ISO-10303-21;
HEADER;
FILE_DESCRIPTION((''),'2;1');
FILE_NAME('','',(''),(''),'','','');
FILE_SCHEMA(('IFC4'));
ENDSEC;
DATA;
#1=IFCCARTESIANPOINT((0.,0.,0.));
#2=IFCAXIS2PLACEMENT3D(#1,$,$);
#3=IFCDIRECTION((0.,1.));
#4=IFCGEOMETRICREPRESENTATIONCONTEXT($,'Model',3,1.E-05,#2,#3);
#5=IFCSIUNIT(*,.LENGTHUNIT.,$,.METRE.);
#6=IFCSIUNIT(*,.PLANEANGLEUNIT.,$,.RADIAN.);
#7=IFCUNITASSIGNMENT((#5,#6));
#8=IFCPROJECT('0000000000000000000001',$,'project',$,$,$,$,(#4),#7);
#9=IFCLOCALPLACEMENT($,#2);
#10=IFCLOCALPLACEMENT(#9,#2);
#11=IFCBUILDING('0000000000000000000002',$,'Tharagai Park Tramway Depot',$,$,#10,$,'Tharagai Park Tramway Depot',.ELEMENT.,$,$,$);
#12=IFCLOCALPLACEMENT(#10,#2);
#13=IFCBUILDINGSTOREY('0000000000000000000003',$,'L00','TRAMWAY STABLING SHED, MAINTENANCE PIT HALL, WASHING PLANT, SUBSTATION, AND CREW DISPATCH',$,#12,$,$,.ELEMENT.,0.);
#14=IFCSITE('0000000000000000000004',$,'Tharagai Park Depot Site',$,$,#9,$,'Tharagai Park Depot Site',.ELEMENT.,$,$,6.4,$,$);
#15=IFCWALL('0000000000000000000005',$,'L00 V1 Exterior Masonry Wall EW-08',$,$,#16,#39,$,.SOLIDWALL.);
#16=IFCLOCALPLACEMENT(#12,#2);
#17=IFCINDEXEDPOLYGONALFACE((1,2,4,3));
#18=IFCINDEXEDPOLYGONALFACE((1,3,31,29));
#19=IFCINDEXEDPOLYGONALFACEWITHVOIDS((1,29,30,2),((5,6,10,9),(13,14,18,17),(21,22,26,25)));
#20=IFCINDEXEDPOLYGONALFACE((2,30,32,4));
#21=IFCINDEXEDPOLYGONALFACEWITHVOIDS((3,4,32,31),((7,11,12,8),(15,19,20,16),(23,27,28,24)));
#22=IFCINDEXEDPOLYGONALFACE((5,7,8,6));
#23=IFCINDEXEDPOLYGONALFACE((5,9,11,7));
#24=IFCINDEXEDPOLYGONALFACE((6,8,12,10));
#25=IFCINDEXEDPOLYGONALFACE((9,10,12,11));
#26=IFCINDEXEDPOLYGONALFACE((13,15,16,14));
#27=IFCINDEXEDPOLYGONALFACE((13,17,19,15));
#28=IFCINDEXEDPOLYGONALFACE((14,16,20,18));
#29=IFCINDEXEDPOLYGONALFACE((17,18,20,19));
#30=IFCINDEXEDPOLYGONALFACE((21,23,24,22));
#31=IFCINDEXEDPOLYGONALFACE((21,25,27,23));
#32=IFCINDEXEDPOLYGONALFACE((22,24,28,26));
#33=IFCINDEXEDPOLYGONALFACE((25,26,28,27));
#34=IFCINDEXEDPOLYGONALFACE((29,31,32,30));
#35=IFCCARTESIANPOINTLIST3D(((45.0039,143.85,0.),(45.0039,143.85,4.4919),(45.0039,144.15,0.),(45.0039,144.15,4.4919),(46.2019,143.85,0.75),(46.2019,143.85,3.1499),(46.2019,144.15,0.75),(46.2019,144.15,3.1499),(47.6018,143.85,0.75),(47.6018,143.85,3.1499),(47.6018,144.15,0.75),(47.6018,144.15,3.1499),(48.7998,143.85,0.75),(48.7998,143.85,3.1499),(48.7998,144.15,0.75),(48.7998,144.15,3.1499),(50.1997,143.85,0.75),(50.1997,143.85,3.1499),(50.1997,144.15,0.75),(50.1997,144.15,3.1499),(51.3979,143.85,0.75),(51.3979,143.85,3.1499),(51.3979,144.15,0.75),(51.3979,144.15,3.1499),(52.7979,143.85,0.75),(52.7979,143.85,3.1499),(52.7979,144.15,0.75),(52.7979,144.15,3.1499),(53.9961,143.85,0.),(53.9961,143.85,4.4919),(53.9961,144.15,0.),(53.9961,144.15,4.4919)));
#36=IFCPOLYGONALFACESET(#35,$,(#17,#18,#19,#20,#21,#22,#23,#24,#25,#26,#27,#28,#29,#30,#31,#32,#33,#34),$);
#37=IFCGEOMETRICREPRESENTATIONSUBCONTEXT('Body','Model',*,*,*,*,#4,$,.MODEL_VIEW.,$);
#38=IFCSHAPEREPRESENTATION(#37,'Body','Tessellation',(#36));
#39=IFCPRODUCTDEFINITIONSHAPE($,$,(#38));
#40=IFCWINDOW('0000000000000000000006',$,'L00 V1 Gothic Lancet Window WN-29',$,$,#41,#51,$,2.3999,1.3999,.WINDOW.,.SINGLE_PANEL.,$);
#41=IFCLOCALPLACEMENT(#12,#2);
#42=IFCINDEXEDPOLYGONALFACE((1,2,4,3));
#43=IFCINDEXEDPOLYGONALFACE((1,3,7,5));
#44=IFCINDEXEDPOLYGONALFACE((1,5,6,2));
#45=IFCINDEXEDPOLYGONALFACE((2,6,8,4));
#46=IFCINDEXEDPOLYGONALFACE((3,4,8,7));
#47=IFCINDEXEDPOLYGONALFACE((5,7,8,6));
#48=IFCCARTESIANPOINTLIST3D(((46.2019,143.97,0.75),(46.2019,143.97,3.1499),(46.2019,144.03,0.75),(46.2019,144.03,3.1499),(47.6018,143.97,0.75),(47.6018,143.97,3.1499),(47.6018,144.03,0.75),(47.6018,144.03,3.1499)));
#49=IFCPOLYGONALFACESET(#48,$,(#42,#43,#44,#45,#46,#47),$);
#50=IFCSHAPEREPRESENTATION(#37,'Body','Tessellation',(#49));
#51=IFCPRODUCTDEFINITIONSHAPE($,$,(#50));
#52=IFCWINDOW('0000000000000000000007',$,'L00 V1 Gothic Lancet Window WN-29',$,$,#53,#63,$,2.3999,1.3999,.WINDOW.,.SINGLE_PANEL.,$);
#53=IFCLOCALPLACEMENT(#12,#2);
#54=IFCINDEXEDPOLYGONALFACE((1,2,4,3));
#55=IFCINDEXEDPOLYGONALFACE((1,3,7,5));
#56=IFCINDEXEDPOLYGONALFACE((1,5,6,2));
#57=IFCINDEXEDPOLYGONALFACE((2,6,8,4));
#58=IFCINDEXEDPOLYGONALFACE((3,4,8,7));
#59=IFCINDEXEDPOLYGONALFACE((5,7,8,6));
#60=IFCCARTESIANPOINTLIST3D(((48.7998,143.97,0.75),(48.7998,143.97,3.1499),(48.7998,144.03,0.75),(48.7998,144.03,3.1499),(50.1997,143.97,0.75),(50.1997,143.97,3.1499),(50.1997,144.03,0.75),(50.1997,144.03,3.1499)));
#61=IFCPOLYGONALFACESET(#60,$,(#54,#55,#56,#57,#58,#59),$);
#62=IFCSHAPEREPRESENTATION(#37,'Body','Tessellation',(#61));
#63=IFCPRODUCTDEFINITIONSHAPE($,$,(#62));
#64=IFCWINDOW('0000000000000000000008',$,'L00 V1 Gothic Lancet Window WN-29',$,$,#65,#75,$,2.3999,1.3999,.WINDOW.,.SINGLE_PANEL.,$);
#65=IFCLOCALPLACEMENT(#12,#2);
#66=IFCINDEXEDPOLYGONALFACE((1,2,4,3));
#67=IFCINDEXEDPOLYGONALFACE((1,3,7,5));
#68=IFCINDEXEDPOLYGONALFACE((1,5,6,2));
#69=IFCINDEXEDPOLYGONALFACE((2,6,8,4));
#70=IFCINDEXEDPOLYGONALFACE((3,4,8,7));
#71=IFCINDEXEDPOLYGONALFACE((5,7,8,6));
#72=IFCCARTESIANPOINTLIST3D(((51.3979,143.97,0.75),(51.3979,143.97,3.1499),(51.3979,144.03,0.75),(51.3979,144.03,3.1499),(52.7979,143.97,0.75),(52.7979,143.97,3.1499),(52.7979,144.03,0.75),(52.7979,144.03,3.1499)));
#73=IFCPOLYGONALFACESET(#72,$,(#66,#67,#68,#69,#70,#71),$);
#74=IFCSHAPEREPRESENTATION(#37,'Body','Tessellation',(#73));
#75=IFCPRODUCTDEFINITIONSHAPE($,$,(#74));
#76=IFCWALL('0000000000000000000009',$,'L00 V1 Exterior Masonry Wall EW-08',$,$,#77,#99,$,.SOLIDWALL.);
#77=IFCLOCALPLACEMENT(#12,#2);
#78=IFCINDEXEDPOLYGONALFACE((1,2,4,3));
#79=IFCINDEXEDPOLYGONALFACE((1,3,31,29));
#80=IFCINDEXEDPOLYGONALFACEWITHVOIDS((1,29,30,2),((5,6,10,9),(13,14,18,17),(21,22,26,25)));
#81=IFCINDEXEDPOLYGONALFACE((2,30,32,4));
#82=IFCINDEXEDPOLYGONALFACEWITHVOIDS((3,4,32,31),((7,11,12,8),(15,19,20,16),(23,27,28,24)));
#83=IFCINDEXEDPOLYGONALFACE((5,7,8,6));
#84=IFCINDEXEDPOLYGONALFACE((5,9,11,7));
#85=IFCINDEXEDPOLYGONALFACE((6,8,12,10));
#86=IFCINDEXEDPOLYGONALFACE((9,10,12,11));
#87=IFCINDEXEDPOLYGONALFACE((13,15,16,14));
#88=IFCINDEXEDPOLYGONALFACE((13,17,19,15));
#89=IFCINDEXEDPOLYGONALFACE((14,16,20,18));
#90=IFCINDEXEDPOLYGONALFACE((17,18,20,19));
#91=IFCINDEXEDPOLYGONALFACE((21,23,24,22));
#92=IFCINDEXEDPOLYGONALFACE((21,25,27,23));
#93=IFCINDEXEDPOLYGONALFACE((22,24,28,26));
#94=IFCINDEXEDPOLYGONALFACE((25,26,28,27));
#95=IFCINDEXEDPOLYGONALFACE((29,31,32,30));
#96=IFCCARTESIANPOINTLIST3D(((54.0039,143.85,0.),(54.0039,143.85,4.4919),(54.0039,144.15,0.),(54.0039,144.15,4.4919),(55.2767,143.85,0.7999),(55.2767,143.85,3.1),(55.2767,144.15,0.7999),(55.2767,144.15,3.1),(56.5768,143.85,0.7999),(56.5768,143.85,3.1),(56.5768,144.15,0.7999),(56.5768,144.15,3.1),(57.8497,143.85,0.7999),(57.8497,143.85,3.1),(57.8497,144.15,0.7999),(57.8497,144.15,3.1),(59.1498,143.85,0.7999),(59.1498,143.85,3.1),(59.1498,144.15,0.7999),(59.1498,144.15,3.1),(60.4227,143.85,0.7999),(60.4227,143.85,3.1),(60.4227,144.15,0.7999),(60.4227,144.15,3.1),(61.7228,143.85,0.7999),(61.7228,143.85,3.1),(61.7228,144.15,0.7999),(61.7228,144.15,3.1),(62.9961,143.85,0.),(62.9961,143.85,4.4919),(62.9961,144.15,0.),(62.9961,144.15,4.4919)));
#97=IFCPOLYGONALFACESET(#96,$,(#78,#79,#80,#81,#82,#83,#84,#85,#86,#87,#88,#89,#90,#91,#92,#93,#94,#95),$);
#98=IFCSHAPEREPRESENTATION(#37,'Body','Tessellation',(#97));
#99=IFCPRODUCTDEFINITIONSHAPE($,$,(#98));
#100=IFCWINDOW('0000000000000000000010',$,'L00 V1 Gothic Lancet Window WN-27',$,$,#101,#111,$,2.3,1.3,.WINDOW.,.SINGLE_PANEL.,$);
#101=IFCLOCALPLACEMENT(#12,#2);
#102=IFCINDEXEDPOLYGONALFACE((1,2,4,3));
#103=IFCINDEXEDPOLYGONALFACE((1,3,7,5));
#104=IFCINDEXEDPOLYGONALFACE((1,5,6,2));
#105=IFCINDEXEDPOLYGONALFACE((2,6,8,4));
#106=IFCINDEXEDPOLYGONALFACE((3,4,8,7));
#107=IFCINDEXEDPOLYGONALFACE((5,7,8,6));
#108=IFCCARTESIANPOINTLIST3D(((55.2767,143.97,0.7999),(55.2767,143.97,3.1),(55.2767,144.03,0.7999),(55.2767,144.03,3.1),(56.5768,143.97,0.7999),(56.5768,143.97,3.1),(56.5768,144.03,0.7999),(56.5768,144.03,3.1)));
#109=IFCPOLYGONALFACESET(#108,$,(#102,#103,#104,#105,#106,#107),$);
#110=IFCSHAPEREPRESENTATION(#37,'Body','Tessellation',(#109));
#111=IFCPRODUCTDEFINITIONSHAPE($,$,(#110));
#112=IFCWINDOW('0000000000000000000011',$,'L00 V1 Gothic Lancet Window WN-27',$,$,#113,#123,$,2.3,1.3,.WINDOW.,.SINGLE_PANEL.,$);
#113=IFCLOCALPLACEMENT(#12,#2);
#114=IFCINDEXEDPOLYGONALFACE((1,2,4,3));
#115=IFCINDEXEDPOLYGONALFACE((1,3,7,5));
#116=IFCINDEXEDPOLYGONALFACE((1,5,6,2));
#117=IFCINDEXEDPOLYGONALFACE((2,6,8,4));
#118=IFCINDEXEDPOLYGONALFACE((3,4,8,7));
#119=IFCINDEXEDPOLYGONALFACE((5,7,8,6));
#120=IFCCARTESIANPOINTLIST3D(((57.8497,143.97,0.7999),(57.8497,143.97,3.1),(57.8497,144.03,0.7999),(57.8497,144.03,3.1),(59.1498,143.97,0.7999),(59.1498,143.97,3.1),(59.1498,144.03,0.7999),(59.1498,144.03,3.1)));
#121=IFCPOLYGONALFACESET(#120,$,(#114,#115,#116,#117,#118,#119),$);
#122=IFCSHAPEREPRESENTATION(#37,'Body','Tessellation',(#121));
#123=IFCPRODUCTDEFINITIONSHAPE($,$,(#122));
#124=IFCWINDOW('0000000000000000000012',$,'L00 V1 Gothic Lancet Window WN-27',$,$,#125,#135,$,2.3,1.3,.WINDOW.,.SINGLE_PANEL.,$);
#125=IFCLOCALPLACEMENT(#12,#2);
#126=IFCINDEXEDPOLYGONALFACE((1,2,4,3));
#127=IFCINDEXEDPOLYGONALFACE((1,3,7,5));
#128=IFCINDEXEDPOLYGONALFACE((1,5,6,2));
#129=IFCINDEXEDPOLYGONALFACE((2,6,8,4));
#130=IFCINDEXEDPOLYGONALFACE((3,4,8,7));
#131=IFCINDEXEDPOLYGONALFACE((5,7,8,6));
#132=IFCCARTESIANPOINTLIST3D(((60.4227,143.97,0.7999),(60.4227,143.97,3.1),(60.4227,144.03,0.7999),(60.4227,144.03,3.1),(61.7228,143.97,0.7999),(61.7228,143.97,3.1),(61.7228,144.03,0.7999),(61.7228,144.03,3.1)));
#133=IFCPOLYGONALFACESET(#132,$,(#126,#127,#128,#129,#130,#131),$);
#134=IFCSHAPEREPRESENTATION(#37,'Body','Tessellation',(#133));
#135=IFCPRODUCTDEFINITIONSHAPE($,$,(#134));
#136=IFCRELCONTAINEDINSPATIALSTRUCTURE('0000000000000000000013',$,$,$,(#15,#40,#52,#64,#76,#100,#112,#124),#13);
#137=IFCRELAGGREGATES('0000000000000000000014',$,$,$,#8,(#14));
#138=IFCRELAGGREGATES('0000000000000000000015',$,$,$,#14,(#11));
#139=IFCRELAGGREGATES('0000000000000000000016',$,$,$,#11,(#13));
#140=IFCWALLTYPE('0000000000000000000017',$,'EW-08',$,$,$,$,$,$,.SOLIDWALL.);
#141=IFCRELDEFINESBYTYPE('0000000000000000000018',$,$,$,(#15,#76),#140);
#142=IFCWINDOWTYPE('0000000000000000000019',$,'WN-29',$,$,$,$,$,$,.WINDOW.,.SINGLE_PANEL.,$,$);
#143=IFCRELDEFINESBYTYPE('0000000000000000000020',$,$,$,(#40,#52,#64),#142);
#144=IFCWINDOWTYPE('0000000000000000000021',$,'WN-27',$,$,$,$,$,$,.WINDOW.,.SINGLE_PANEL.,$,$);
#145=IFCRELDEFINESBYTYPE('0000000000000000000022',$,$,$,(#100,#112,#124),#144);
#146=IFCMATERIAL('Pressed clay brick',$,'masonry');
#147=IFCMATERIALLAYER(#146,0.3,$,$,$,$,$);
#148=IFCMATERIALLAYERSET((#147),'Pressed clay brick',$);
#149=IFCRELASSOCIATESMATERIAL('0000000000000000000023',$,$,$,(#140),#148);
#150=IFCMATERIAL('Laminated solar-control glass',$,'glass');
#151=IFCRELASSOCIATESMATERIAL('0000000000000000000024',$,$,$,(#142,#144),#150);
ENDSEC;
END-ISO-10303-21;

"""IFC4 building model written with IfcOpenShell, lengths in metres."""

from ifc_helpers import new_model, si_unit, direction, frame, frame_2d, origin, place, context, subcontext, project, spatial, rectangle, extrude, material, layer, layer_set, type_object, element, fill, save


model = new_model("IFC4")

# Units and contexts
model_context = context("Model", 3, precision=1e-05, world=origin(), true_north=direction((0.0, 1.0)))
body_context = subcontext(model_context, "Body", "Model", "MODEL_VIEW")
ifc_project = project(units=[si_unit("LENGTHUNIT", "METRE"), si_unit("PLANEANGLEUNIT", "RADIAN")], contexts=[model_context])

# Site, building, storey
site_placement = place(None, origin())
site = spatial("IfcSite", under=ifc_project, at=site_placement, Name="Tharagai Park Depot Site", LongName="Tharagai Park Depot Site", CompositionType="ELEMENT", RefElevation=6.4)
building_placement = place(site_placement, origin())
building = spatial("IfcBuilding", under=site, at=building_placement, Name="Tharagai Park Tramway Depot", LongName="Tharagai Park Tramway Depot", CompositionType="ELEMENT")
storey_placement = place(building_placement, origin())
storey = spatial("IfcBuildingStorey", under=building, at=storey_placement, Name="L00", Description="TRAMWAY STABLING SHED, MAINTENANCE PIT HALL, WASHING PLANT, SUBSTATION, AND CREW DISPATCH", CompositionType="ELEMENT", Elevation=0.0)

# Walls, openings, windows
ifc_material_1 = material(Name="Pressed clay brick", Category="masonry")
ifc_layer = layer(ifc_material_1, 0.3)
ifc_layer_set = layer_set([ifc_layer], Name="Pressed clay brick")
wall_type = type_object("IfcWallType", Name="EW-08", PredefinedType="SOLIDWALL", material=ifc_layer_set)
wall_1_placement = place(storey_placement, frame((45.0039, 144.0, 0.0), z_axis=(0.0, 0.0, 1.0), x_axis=(1.0, 0.0, 0.0)))
wall_1 = element("IfcWall", 1, at=wall_1_placement, inside=storey, type_object=wall_type, Name="L00 V1 Exterior Masonry Wall EW-08", PredefinedType="SOLIDWALL", context=body_context, shape_type="SweptSolid", body=[
    extrude(rectangle(XDim=8.9922, YDim=0.3, at=frame_2d((4.4961, 0.0))), origin(), (0.0, 0.0, 1.0), 4.4919),
])
opening_1_placement = place(wall_1_placement, frame((1.198, 0.0, 0.75)))
opening_1 = element("IfcOpeningElement", 2, at=opening_1_placement, cuts=wall_1, PredefinedType="OPENING", context=body_context, shape_type="SweptSolid", body=[
    extrude(rectangle(XDim=1.3999, YDim=2.3999, at=frame_2d((0.7, 1.2))), frame((0.0, 0.1599, 0.0), z_axis=(0.0, -1.0, 0.0), x_axis=(1.0, 0.0, 0.0)), (0.0, 0.0, 1.0), 0.3201),
])
opening_2_placement = place(wall_1_placement, frame((3.7959, 0.0, 0.75)))
opening_2 = element("IfcOpeningElement", 3, at=opening_2_placement, cuts=wall_1, PredefinedType="OPENING", context=body_context, shape_type="SweptSolid", body=[
    extrude(rectangle(XDim=1.3999, YDim=2.3999, at=frame_2d((0.7, 1.2))), frame((0.0, 0.1599, 0.0), z_axis=(0.0, -1.0, 0.0), x_axis=(1.0, 0.0, 0.0)), (0.0, 0.0, 1.0), 0.3201),
])
opening_3_placement = place(wall_1_placement, frame((6.394, 0.0, 0.75)))
opening_3 = element("IfcOpeningElement", 4, at=opening_3_placement, cuts=wall_1, PredefinedType="OPENING", context=body_context, shape_type="SweptSolid", body=[
    extrude(rectangle(XDim=1.3999, YDim=2.3999, at=frame_2d((0.7, 1.2))), frame((0.0, 0.1599, 0.0), z_axis=(0.0, -1.0, 0.0), x_axis=(1.0, 0.0, 0.0)), (0.0, 0.0, 1.0), 0.3201),
])
ifc_material_2 = material(Name="Laminated solar-control glass", Category="glass")
window_type_1 = type_object("IfcWindowType", Name="WN-29", PartitioningType="SINGLE_PANEL", PredefinedType="WINDOW", material=ifc_material_2)
window_1_placement = place(opening_1_placement, origin())
window_1 = element("IfcWindow", 5, at=window_1_placement, inside=storey, type_object=window_type_1, Name="L00 V1 Gothic Lancet Window WN-29", OverallHeight=2.3999, OverallWidth=1.3999, PartitioningType="SINGLE_PANEL", PredefinedType="WINDOW", context=body_context, shape_type="SweptSolid", body=[
    extrude(rectangle(XDim=1.3999, YDim=2.3999, at=frame_2d((0.7, 1.2))), frame((0.0, 0.03, 0.0), z_axis=(0.0, -1.0, 0.0), x_axis=(1.0, 0.0, 0.0)), (0.0, 0.0, 1.0), 0.0601),
])
fill(opening_1, window_1)
window_2_placement = place(opening_2_placement, origin())
window_2 = element("IfcWindow", 6, at=window_2_placement, inside=storey, type_object=window_type_1, Name="L00 V1 Gothic Lancet Window WN-29", OverallHeight=2.3999, OverallWidth=1.3999, PartitioningType="SINGLE_PANEL", PredefinedType="WINDOW", context=body_context, shape_type="SweptSolid", body=[
    extrude(rectangle(XDim=1.3999, YDim=2.3999, at=frame_2d((0.7, 1.2))), frame((0.0, 0.03, 0.0), z_axis=(0.0, -1.0, 0.0), x_axis=(1.0, 0.0, 0.0)), (0.0, 0.0, 1.0), 0.0601),
])
fill(opening_2, window_2)
window_3_placement = place(opening_3_placement, origin())
window_3 = element("IfcWindow", 7, at=window_3_placement, inside=storey, type_object=window_type_1, Name="L00 V1 Gothic Lancet Window WN-29", OverallHeight=2.3999, OverallWidth=1.3999, PartitioningType="SINGLE_PANEL", PredefinedType="WINDOW", context=body_context, shape_type="SweptSolid", body=[
    extrude(rectangle(XDim=1.3999, YDim=2.3999, at=frame_2d((0.7, 1.2))), frame((0.0, 0.03, 0.0), z_axis=(0.0, -1.0, 0.0), x_axis=(1.0, 0.0, 0.0)), (0.0, 0.0, 1.0), 0.0601),
])
fill(opening_3, window_3)
wall_2_placement = place(storey_placement, frame((54.0039, 144.0, 0.0), z_axis=(0.0, 0.0, 1.0), x_axis=(1.0, 0.0, 0.0)))
wall_2 = element("IfcWall", 8, at=wall_2_placement, inside=storey, type_object=wall_type, Name="L00 V1 Exterior Masonry Wall EW-08", PredefinedType="SOLIDWALL", context=body_context, shape_type="SweptSolid", body=[
    extrude(rectangle(XDim=8.9922, YDim=0.3, at=frame_2d((4.4961, 0.0))), origin(), (0.0, 0.0, 1.0), 4.4919),
])
opening_4_placement = place(wall_2_placement, frame((1.2729, 0.0, 0.8)))
opening_4 = element("IfcOpeningElement", 9, at=opening_4_placement, cuts=wall_2, PredefinedType="OPENING", context=body_context, shape_type="SweptSolid", body=[
    extrude(rectangle(XDim=1.3, YDim=2.3, at=frame_2d((0.6499, 1.1499))), frame((0.0, 0.1599, 0.0), z_axis=(0.0, -1.0, 0.0), x_axis=(1.0, 0.0, 0.0)), (0.0, 0.0, 1.0), 0.3201),
])
opening_5_placement = place(wall_2_placement, frame((3.8459, 0.0, 0.8)))
opening_5 = element("IfcOpeningElement", 10, at=opening_5_placement, cuts=wall_2, PredefinedType="OPENING", context=body_context, shape_type="SweptSolid", body=[
    extrude(rectangle(XDim=1.3, YDim=2.3, at=frame_2d((0.6499, 1.1499))), frame((0.0, 0.1599, 0.0), z_axis=(0.0, -1.0, 0.0), x_axis=(1.0, 0.0, 0.0)), (0.0, 0.0, 1.0), 0.3201),
])
opening_6_placement = place(wall_2_placement, frame((6.4189, 0.0, 0.8)))
opening_6 = element("IfcOpeningElement", 11, at=opening_6_placement, cuts=wall_2, PredefinedType="OPENING", context=body_context, shape_type="SweptSolid", body=[
    extrude(rectangle(XDim=1.3, YDim=2.3, at=frame_2d((0.6499, 1.1499))), frame((0.0, 0.1599, 0.0), z_axis=(0.0, -1.0, 0.0), x_axis=(1.0, 0.0, 0.0)), (0.0, 0.0, 1.0), 0.3201),
])
window_type_2 = type_object("IfcWindowType", Name="WN-27", PartitioningType="SINGLE_PANEL", PredefinedType="WINDOW", material=ifc_material_2)
window_4_placement = place(opening_4_placement, origin())
window_4 = element("IfcWindow", 12, at=window_4_placement, inside=storey, type_object=window_type_2, Name="L00 V1 Gothic Lancet Window WN-27", OverallHeight=2.3, OverallWidth=1.3, PartitioningType="SINGLE_PANEL", PredefinedType="WINDOW", context=body_context, shape_type="SweptSolid", body=[
    extrude(rectangle(XDim=1.3, YDim=2.3, at=frame_2d((0.6499, 1.1499))), frame((0.0, 0.03, 0.0), z_axis=(0.0, -1.0, 0.0), x_axis=(1.0, 0.0, 0.0)), (0.0, 0.0, 1.0), 0.0601),
])
fill(opening_4, window_4)
window_5_placement = place(opening_5_placement, origin())
window_5 = element("IfcWindow", 13, at=window_5_placement, inside=storey, type_object=window_type_2, Name="L00 V1 Gothic Lancet Window WN-27", OverallHeight=2.3, OverallWidth=1.3, PartitioningType="SINGLE_PANEL", PredefinedType="WINDOW", context=body_context, shape_type="SweptSolid", body=[
    extrude(rectangle(XDim=1.3, YDim=2.3, at=frame_2d((0.6499, 1.1499))), frame((0.0, 0.03, 0.0), z_axis=(0.0, -1.0, 0.0), x_axis=(1.0, 0.0, 0.0)), (0.0, 0.0, 1.0), 0.0601),
])
fill(opening_5, window_5)
window_6_placement = place(opening_6_placement, origin())
window_6 = element("IfcWindow", 14, at=window_6_placement, inside=storey, type_object=window_type_2, Name="L00 V1 Gothic Lancet Window WN-27", OverallHeight=2.3, OverallWidth=1.3, PartitioningType="SINGLE_PANEL", PredefinedType="WINDOW", context=body_context, shape_type="SweptSolid", body=[
    extrude(rectangle(XDim=1.3, YDim=2.3, at=frame_2d((0.6499, 1.1499))), frame((0.0, 0.03, 0.0), z_axis=(0.0, -1.0, 0.0), x_axis=(1.0, 0.0, 0.0)), (0.0, 0.0, 1.0), 0.0601),
])
fill(opening_6, window_6)

save(model, "model.ifc")
